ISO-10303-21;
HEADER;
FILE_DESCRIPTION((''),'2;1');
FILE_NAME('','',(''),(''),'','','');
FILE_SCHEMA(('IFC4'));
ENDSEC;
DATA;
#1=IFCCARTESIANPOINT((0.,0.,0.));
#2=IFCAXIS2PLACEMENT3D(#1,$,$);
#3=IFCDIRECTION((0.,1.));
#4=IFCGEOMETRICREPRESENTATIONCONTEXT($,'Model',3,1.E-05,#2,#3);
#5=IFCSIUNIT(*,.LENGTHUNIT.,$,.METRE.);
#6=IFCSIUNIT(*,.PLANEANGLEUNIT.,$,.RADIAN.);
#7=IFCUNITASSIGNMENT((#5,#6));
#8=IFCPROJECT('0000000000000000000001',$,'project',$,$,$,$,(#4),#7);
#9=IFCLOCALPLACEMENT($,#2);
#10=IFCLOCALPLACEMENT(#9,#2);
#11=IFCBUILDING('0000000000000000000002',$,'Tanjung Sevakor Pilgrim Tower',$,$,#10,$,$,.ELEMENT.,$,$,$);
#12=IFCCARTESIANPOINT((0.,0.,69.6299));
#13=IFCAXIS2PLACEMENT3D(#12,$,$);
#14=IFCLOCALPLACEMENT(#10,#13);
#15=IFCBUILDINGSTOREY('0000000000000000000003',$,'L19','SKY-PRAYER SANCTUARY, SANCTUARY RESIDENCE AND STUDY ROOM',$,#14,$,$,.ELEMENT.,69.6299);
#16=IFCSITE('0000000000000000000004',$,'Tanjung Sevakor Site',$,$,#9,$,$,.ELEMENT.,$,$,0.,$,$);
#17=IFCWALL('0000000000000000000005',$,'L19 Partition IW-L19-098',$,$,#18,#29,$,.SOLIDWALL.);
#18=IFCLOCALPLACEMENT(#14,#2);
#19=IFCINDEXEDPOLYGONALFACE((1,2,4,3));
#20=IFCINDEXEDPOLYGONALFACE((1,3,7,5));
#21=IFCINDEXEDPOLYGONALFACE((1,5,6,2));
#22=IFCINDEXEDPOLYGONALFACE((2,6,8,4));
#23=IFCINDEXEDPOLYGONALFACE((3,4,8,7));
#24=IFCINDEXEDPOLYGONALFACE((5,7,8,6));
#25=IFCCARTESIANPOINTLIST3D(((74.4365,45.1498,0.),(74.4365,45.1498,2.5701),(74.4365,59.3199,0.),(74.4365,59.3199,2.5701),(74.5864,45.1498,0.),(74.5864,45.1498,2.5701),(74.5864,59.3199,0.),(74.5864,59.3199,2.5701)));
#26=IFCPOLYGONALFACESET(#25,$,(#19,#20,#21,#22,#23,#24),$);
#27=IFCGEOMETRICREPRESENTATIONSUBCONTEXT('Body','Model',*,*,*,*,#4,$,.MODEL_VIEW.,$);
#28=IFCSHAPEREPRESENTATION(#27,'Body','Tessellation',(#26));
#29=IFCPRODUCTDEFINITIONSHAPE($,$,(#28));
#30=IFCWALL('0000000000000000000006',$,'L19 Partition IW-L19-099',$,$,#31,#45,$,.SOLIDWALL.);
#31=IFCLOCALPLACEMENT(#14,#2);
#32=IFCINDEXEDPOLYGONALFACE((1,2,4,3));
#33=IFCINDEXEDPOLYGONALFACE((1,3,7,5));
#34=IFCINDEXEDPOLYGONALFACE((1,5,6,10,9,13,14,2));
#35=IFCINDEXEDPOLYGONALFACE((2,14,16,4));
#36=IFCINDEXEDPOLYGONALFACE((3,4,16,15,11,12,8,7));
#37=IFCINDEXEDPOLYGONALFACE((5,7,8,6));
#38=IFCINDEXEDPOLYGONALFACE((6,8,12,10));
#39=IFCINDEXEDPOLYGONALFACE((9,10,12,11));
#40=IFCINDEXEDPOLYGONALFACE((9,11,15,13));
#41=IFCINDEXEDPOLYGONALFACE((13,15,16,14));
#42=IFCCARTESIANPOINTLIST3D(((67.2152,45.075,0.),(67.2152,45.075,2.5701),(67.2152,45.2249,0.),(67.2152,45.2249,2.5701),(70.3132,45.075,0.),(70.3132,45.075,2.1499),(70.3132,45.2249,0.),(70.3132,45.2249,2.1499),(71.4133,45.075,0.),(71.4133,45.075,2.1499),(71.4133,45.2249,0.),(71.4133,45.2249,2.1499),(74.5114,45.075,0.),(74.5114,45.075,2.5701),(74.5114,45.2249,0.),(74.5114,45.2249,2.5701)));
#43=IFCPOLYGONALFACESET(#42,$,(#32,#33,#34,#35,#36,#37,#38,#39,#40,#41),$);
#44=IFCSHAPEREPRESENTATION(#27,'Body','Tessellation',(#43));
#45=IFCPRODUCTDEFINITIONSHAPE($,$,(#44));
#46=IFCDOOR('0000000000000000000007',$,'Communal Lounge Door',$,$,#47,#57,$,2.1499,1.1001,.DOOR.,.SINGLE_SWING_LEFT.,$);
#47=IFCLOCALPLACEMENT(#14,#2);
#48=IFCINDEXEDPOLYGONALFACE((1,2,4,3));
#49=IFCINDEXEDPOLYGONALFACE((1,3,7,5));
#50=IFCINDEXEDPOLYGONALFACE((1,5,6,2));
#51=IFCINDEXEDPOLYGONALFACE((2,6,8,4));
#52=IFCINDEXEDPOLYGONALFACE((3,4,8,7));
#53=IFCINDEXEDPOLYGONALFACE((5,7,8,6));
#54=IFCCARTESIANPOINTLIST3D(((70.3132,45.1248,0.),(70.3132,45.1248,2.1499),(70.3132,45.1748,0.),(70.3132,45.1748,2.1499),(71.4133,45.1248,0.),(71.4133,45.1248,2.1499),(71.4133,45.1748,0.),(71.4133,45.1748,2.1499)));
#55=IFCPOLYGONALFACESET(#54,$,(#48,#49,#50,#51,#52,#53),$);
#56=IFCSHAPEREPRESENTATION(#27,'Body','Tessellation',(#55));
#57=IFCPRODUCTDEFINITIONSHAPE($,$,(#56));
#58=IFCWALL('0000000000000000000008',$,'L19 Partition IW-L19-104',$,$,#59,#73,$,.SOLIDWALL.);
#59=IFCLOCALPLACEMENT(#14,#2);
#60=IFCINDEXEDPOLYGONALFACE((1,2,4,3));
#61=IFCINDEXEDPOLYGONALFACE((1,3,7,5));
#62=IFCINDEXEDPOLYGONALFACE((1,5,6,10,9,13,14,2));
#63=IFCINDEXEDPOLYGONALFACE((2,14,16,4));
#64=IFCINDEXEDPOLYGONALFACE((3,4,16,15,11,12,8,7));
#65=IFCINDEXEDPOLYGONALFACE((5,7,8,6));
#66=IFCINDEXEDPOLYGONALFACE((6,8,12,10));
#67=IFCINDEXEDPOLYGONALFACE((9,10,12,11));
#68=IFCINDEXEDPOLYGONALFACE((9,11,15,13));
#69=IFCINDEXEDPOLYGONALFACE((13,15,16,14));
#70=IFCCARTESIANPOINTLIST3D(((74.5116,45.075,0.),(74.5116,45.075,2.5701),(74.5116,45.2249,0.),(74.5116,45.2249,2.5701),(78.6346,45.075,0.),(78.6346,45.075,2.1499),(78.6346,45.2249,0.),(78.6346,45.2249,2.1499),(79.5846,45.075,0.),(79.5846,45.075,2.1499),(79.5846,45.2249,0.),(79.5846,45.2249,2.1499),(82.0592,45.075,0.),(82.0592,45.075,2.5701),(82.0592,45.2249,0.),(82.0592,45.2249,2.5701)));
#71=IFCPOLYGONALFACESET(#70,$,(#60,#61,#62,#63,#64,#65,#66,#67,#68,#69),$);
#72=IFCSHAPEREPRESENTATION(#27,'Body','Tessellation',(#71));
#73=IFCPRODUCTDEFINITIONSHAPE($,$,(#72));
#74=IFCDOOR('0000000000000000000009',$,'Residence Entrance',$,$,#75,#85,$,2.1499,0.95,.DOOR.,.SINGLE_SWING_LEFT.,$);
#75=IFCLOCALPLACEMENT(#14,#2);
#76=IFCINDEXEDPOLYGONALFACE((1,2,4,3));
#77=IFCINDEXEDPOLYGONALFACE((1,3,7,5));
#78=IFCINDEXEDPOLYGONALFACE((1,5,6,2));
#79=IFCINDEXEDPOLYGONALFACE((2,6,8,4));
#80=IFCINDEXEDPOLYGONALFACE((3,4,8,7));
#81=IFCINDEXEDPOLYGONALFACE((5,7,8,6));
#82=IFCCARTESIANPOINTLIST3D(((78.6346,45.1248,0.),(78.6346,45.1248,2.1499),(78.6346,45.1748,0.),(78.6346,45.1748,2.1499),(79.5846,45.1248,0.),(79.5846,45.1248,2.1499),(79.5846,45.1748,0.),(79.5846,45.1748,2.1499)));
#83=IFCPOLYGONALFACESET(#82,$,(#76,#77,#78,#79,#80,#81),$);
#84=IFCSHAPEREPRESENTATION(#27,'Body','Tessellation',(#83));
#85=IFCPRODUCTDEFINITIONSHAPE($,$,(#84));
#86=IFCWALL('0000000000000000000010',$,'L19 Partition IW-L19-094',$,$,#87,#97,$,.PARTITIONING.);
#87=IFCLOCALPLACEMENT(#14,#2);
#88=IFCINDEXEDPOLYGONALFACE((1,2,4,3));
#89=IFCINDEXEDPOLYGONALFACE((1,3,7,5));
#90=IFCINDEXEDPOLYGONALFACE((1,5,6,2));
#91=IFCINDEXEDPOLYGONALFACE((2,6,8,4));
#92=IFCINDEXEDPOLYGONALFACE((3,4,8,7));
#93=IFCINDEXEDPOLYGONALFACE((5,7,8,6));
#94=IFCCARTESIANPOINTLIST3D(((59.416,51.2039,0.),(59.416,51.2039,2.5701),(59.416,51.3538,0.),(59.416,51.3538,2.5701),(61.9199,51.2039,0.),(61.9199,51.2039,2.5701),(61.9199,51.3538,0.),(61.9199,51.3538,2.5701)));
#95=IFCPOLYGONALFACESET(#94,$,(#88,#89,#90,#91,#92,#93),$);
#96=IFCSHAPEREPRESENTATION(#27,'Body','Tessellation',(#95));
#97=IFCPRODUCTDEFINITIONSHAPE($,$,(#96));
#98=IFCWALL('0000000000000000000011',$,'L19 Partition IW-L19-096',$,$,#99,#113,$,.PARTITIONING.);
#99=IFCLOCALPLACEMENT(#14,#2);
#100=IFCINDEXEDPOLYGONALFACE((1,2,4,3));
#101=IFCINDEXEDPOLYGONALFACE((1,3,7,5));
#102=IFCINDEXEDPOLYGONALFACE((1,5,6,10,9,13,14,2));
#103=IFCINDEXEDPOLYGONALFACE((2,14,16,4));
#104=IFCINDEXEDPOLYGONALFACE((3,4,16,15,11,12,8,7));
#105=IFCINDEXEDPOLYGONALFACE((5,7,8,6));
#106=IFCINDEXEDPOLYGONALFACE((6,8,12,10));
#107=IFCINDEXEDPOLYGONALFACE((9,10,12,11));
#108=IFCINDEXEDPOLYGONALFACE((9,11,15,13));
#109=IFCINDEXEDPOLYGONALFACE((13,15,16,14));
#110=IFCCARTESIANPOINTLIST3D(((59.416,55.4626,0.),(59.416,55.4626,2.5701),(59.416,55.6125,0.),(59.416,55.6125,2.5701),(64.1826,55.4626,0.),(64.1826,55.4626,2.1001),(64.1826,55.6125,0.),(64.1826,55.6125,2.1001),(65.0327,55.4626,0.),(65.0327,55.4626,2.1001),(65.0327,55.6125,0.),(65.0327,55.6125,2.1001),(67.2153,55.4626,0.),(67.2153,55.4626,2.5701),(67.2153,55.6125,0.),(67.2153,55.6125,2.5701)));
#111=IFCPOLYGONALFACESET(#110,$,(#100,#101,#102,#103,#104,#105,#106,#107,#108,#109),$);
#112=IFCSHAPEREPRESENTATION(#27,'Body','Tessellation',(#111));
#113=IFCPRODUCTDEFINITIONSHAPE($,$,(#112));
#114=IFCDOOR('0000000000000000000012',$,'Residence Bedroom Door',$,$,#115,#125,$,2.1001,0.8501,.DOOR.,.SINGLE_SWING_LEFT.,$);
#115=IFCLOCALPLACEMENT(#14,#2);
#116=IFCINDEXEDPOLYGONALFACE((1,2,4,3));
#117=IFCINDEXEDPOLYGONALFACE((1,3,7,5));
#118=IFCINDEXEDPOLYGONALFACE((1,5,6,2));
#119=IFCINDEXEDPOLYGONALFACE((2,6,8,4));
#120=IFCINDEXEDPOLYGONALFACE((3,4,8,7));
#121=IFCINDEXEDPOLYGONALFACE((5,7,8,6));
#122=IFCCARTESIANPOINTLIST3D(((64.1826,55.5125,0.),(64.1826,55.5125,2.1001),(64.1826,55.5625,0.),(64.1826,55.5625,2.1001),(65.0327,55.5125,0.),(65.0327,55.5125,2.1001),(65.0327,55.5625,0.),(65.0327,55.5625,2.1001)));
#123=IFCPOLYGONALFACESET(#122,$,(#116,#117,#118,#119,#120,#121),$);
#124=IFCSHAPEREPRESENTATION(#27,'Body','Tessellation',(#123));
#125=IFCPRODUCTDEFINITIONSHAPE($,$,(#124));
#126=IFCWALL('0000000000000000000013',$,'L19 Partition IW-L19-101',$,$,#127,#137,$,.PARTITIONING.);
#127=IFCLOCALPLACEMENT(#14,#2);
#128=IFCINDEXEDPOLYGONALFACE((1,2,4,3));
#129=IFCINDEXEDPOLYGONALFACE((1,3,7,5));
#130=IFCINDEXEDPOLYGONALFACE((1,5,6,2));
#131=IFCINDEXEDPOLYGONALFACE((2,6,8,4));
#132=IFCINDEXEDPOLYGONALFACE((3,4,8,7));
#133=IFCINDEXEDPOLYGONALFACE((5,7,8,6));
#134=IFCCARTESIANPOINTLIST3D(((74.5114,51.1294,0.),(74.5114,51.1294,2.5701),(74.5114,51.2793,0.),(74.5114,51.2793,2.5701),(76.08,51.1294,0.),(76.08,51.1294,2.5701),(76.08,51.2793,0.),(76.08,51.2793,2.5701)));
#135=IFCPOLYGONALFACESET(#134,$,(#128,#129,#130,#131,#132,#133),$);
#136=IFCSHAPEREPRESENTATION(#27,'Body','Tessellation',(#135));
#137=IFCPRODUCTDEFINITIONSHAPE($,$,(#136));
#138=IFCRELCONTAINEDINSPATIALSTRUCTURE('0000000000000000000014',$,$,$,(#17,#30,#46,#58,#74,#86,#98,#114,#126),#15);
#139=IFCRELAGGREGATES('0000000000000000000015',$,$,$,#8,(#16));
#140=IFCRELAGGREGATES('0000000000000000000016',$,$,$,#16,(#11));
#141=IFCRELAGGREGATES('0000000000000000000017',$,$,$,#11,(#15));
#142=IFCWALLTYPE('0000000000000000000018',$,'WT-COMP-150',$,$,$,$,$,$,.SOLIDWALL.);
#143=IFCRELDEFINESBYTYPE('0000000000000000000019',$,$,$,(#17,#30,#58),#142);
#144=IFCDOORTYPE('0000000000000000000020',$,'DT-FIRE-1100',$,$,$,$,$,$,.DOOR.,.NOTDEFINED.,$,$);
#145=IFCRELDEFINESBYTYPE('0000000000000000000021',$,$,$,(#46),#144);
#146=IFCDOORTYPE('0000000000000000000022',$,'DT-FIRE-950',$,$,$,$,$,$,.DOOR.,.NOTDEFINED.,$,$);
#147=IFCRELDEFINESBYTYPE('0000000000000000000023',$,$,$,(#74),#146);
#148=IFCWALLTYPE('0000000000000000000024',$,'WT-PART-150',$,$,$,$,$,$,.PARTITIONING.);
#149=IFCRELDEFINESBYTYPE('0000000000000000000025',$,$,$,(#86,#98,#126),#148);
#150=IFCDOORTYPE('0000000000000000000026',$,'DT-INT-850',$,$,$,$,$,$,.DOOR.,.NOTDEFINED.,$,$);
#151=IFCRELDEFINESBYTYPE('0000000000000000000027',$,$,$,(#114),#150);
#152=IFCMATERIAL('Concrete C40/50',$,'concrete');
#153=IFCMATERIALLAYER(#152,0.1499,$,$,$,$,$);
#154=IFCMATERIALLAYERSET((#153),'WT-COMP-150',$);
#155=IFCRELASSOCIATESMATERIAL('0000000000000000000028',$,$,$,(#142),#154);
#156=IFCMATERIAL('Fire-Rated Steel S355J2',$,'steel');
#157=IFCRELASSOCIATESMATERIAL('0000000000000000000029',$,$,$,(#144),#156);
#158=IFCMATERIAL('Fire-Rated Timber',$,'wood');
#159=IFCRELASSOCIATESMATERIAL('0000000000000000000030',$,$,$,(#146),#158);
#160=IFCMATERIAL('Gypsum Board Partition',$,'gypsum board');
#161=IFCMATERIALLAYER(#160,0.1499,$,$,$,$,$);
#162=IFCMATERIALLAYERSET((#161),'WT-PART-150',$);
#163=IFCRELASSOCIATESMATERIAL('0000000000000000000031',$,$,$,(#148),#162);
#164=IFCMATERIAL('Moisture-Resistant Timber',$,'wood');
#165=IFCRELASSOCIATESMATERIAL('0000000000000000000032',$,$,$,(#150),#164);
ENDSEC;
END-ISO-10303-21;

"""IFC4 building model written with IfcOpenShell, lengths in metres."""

from ifc_helpers import new_model, si_unit, direction, frame, frame_2d, origin, place, context, subcontext, project, spatial, rectangle, extrude, material, layer, layer_set, type_object, element, fill, save


model = new_model("IFC4")

# Units and contexts
model_context = context("Model", 3, precision=1e-05, world=origin(), true_north=direction((0.0, 1.0)))
body_context = subcontext(model_context, "Body", "Model", "MODEL_VIEW")
ifc_project = project(units=[si_unit("LENGTHUNIT", "METRE"), si_unit("PLANEANGLEUNIT", "RADIAN")], contexts=[model_context])

# Site, building, storey
site_placement = place(None, origin())
site = spatial("IfcSite", under=ifc_project, at=site_placement, Name="Tanjung Sevakor Site", CompositionType="ELEMENT", RefElevation=0.0)
building_placement = place(site_placement, origin())
building = spatial("IfcBuilding", under=site, at=building_placement, Name="Tanjung Sevakor Pilgrim Tower", CompositionType="ELEMENT")
storey_placement = place(building_placement, frame((0.0, 0.0, 69.6299)))
storey = spatial("IfcBuildingStorey", under=building, at=storey_placement, Name="L19", Description="SKY-PRAYER SANCTUARY, SANCTUARY RESIDENCE AND STUDY ROOM", CompositionType="ELEMENT", Elevation=69.6299)

# Wall
ifc_material_1 = material(Name="Concrete C40/50", Category="concrete")
ifc_layer_1 = layer(ifc_material_1, 0.1499)
ifc_layer_set_1 = layer_set([ifc_layer_1], Name="WT-COMP-150")
wall_type_1 = type_object("IfcWallType", Name="WT-COMP-150", PredefinedType="SOLIDWALL", material=ifc_layer_set_1)
wall_1_placement = place(storey_placement, frame((74.5115, 45.1499, 0.0), z_axis=(0.0, 0.0, 1.0), x_axis=(0.0, 1.0, 0.0)))
element("IfcWall", 1, at=wall_1_placement, inside=storey, type_object=wall_type_1, Name="L19 Partition IW-L19-098", PredefinedType="SOLIDWALL", context=body_context, shape_type="SweptSolid", body=[
    extrude(rectangle(XDim=14.1702, YDim=0.1499, at=frame_2d((7.085, 0.0))), origin(), (0.0, 0.0, 1.0), 2.5701),
])

# Walls, openings, doors
wall_2_placement = place(storey_placement, frame((67.2153, 45.1499, 0.0), z_axis=(0.0, 0.0, 1.0), x_axis=(1.0, 0.0, 0.0)))
wall_2 = element("IfcWall", 2, at=wall_2_placement, inside=storey, type_object=wall_type_1, Name="L19 Partition IW-L19-099", PredefinedType="SOLIDWALL", context=body_context, shape_type="SweptSolid", body=[
    extrude(rectangle(XDim=7.2961, YDim=0.1499, at=frame_2d((3.6479, 0.0))), origin(), (0.0, 0.0, 1.0), 2.5701),
])
opening_1_placement = place(wall_2_placement, frame((3.0979, 0.0, 0.0)))
opening_1 = element("IfcOpeningElement", 3, at=opening_1_placement, cuts=wall_2, PredefinedType="OPENING", context=body_context, shape_type="SweptSolid", body=[
    extrude(rectangle(XDim=1.1001, YDim=2.1499, at=frame_2d((0.55, 1.075))), frame((0.0, 0.085, 0.0), z_axis=(0.0, -1.0, 0.0), x_axis=(1.0, 0.0, 0.0)), (0.0, 0.0, 1.0), 0.1699),
])
ifc_material_2 = material(Name="Fire-Rated Steel S355J2", Category="steel")
door_type_1 = type_object("IfcDoorType", Name="DT-FIRE-1100", OperationType="NOTDEFINED", PredefinedType="DOOR", material=ifc_material_2)
door_1_placement = place(opening_1_placement, origin())
door_1 = element("IfcDoor", 4, at=door_1_placement, inside=storey, type_object=door_type_1, Name="Communal Lounge Door", OperationType="SINGLE_SWING_LEFT", OverallHeight=2.1499, OverallWidth=1.1001, PredefinedType="DOOR", context=body_context, shape_type="SweptSolid", body=[
    extrude(rectangle(XDim=1.1001, YDim=2.1499, at=frame_2d((0.55, 1.075))), frame((0.0, 0.0249, 0.0), z_axis=(0.0, -1.0, 0.0), x_axis=(1.0, 0.0, 0.0)), (0.0, 0.0, 1.0), 0.05),
])
fill(opening_1, door_1)
wall_3_placement = place(storey_placement, frame((74.5115, 45.1499, 0.0), z_axis=(0.0, 0.0, 1.0), x_axis=(1.0, 0.0, 0.0)))
wall_3 = element("IfcWall", 5, at=wall_3_placement, inside=storey, type_object=wall_type_1, Name="L19 Partition IW-L19-104", PredefinedType="SOLIDWALL", context=body_context, shape_type="SweptSolid", body=[
    extrude(rectangle(XDim=7.5476, YDim=0.1499, at=frame_2d((3.7739, 0.0))), origin(), (0.0, 0.0, 1.0), 2.5701),
])
opening_2_placement = place(wall_3_placement, frame((4.123, 0.0, 0.0)))
opening_2 = element("IfcOpeningElement", 6, at=opening_2_placement, cuts=wall_3, PredefinedType="OPENING", context=body_context, shape_type="SweptSolid", body=[
    extrude(rectangle(XDim=0.95, YDim=2.1499, at=frame_2d((0.4751, 1.075))), frame((0.0, 0.085, 0.0), z_axis=(0.0, -1.0, 0.0), x_axis=(1.0, 0.0, 0.0)), (0.0, 0.0, 1.0), 0.1699),
])
ifc_material_3 = material(Name="Fire-Rated Timber", Category="wood")
door_type_2 = type_object("IfcDoorType", Name="DT-FIRE-950", OperationType="NOTDEFINED", PredefinedType="DOOR", material=ifc_material_3)
door_2_placement = place(opening_2_placement, origin())
door_2 = element("IfcDoor", 7, at=door_2_placement, inside=storey, type_object=door_type_2, Name="Residence Entrance", OperationType="SINGLE_SWING_LEFT", OverallHeight=2.1499, OverallWidth=0.95, PredefinedType="DOOR", context=body_context, shape_type="SweptSolid", body=[
    extrude(rectangle(XDim=0.95, YDim=2.1499, at=frame_2d((0.4751, 1.075))), frame((0.0, 0.0249, 0.0), z_axis=(0.0, -1.0, 0.0), x_axis=(1.0, 0.0, 0.0)), (0.0, 0.0, 1.0), 0.05),
])
fill(opening_2, door_2)

# Wall
ifc_material_4 = material(Name="Gypsum Board Partition", Category="gypsum board")
ifc_layer_2 = layer(ifc_material_4, 0.1499)
ifc_layer_set_2 = layer_set([ifc_layer_2], Name="WT-PART-150")
wall_type_2 = type_object("IfcWallType", Name="WT-PART-150", PredefinedType="PARTITIONING", material=ifc_layer_set_2)
wall_4_placement = place(storey_placement, frame((59.416, 51.2788, 0.0), z_axis=(0.0, 0.0, 1.0), x_axis=(1.0, 0.0, 0.0)))
element("IfcWall", 8, at=wall_4_placement, inside=storey, type_object=wall_type_2, Name="L19 Partition IW-L19-094", PredefinedType="PARTITIONING", context=body_context, shape_type="SweptSolid", body=[
    extrude(rectangle(XDim=2.5039, YDim=0.1499, at=frame_2d((1.252, 0.0))), origin(), (0.0, 0.0, 1.0), 2.5701),
])

# Wall, opening, door
wall_5_placement = place(storey_placement, frame((59.416, 55.5376, 0.0), z_axis=(0.0, 0.0, 1.0), x_axis=(1.0, 0.0, 0.0)))
wall_5 = element("IfcWall", 9, at=wall_5_placement, inside=storey, type_object=wall_type_2, Name="L19 Partition IW-L19-096", PredefinedType="PARTITIONING", context=body_context, shape_type="SweptSolid", body=[
    extrude(rectangle(XDim=7.7993, YDim=0.1499, at=frame_2d((3.8997, 0.0))), origin(), (0.0, 0.0, 1.0), 2.5701),
])
opening_3_placement = place(wall_5_placement, frame((4.7666, 0.0, 0.0)))
opening_3 = element("IfcOpeningElement", 10, at=opening_3_placement, cuts=wall_5, PredefinedType="OPENING", context=body_context, shape_type="SweptSolid", body=[
    extrude(rectangle(XDim=0.8501, YDim=2.1001, at=frame_2d((0.425, 1.05))), frame((0.0, 0.085, 0.0), z_axis=(0.0, -1.0, 0.0), x_axis=(1.0, 0.0, 0.0)), (0.0, 0.0, 1.0), 0.1699),
])
ifc_material_5 = material(Name="Moisture-Resistant Timber", Category="wood")
door_type_3 = type_object("IfcDoorType", Name="DT-INT-850", OperationType="NOTDEFINED", PredefinedType="DOOR", material=ifc_material_5)
door_3_placement = place(opening_3_placement, origin())
door_3 = element("IfcDoor", 11, at=door_3_placement, inside=storey, type_object=door_type_3, Name="Residence Bedroom Door", OperationType="SINGLE_SWING_LEFT", OverallHeight=2.1001, OverallWidth=0.8501, PredefinedType="DOOR", context=body_context, shape_type="SweptSolid", body=[
    extrude(rectangle(XDim=0.8501, YDim=2.1001, at=frame_2d((0.425, 1.05))), frame((0.0, 0.0249, 0.0), z_axis=(0.0, -1.0, 0.0), x_axis=(1.0, 0.0, 0.0)), (0.0, 0.0, 1.0), 0.05),
])
fill(opening_3, door_3)

# Wall
wall_6_placement = place(storey_placement, frame((74.5115, 51.2043, 0.0), z_axis=(0.0, 0.0, 1.0), x_axis=(1.0, 0.0, 0.0)))
element("IfcWall", 12, at=wall_6_placement, inside=storey, type_object=wall_type_2, Name="L19 Partition IW-L19-101", PredefinedType="PARTITIONING", context=body_context, shape_type="SweptSolid", body=[
    extrude(rectangle(XDim=1.5686, YDim=0.1499, at=frame_2d((0.7842, 0.0))), origin(), (0.0, 0.0, 1.0), 2.5701),
])

save(model, "model.ifc")
